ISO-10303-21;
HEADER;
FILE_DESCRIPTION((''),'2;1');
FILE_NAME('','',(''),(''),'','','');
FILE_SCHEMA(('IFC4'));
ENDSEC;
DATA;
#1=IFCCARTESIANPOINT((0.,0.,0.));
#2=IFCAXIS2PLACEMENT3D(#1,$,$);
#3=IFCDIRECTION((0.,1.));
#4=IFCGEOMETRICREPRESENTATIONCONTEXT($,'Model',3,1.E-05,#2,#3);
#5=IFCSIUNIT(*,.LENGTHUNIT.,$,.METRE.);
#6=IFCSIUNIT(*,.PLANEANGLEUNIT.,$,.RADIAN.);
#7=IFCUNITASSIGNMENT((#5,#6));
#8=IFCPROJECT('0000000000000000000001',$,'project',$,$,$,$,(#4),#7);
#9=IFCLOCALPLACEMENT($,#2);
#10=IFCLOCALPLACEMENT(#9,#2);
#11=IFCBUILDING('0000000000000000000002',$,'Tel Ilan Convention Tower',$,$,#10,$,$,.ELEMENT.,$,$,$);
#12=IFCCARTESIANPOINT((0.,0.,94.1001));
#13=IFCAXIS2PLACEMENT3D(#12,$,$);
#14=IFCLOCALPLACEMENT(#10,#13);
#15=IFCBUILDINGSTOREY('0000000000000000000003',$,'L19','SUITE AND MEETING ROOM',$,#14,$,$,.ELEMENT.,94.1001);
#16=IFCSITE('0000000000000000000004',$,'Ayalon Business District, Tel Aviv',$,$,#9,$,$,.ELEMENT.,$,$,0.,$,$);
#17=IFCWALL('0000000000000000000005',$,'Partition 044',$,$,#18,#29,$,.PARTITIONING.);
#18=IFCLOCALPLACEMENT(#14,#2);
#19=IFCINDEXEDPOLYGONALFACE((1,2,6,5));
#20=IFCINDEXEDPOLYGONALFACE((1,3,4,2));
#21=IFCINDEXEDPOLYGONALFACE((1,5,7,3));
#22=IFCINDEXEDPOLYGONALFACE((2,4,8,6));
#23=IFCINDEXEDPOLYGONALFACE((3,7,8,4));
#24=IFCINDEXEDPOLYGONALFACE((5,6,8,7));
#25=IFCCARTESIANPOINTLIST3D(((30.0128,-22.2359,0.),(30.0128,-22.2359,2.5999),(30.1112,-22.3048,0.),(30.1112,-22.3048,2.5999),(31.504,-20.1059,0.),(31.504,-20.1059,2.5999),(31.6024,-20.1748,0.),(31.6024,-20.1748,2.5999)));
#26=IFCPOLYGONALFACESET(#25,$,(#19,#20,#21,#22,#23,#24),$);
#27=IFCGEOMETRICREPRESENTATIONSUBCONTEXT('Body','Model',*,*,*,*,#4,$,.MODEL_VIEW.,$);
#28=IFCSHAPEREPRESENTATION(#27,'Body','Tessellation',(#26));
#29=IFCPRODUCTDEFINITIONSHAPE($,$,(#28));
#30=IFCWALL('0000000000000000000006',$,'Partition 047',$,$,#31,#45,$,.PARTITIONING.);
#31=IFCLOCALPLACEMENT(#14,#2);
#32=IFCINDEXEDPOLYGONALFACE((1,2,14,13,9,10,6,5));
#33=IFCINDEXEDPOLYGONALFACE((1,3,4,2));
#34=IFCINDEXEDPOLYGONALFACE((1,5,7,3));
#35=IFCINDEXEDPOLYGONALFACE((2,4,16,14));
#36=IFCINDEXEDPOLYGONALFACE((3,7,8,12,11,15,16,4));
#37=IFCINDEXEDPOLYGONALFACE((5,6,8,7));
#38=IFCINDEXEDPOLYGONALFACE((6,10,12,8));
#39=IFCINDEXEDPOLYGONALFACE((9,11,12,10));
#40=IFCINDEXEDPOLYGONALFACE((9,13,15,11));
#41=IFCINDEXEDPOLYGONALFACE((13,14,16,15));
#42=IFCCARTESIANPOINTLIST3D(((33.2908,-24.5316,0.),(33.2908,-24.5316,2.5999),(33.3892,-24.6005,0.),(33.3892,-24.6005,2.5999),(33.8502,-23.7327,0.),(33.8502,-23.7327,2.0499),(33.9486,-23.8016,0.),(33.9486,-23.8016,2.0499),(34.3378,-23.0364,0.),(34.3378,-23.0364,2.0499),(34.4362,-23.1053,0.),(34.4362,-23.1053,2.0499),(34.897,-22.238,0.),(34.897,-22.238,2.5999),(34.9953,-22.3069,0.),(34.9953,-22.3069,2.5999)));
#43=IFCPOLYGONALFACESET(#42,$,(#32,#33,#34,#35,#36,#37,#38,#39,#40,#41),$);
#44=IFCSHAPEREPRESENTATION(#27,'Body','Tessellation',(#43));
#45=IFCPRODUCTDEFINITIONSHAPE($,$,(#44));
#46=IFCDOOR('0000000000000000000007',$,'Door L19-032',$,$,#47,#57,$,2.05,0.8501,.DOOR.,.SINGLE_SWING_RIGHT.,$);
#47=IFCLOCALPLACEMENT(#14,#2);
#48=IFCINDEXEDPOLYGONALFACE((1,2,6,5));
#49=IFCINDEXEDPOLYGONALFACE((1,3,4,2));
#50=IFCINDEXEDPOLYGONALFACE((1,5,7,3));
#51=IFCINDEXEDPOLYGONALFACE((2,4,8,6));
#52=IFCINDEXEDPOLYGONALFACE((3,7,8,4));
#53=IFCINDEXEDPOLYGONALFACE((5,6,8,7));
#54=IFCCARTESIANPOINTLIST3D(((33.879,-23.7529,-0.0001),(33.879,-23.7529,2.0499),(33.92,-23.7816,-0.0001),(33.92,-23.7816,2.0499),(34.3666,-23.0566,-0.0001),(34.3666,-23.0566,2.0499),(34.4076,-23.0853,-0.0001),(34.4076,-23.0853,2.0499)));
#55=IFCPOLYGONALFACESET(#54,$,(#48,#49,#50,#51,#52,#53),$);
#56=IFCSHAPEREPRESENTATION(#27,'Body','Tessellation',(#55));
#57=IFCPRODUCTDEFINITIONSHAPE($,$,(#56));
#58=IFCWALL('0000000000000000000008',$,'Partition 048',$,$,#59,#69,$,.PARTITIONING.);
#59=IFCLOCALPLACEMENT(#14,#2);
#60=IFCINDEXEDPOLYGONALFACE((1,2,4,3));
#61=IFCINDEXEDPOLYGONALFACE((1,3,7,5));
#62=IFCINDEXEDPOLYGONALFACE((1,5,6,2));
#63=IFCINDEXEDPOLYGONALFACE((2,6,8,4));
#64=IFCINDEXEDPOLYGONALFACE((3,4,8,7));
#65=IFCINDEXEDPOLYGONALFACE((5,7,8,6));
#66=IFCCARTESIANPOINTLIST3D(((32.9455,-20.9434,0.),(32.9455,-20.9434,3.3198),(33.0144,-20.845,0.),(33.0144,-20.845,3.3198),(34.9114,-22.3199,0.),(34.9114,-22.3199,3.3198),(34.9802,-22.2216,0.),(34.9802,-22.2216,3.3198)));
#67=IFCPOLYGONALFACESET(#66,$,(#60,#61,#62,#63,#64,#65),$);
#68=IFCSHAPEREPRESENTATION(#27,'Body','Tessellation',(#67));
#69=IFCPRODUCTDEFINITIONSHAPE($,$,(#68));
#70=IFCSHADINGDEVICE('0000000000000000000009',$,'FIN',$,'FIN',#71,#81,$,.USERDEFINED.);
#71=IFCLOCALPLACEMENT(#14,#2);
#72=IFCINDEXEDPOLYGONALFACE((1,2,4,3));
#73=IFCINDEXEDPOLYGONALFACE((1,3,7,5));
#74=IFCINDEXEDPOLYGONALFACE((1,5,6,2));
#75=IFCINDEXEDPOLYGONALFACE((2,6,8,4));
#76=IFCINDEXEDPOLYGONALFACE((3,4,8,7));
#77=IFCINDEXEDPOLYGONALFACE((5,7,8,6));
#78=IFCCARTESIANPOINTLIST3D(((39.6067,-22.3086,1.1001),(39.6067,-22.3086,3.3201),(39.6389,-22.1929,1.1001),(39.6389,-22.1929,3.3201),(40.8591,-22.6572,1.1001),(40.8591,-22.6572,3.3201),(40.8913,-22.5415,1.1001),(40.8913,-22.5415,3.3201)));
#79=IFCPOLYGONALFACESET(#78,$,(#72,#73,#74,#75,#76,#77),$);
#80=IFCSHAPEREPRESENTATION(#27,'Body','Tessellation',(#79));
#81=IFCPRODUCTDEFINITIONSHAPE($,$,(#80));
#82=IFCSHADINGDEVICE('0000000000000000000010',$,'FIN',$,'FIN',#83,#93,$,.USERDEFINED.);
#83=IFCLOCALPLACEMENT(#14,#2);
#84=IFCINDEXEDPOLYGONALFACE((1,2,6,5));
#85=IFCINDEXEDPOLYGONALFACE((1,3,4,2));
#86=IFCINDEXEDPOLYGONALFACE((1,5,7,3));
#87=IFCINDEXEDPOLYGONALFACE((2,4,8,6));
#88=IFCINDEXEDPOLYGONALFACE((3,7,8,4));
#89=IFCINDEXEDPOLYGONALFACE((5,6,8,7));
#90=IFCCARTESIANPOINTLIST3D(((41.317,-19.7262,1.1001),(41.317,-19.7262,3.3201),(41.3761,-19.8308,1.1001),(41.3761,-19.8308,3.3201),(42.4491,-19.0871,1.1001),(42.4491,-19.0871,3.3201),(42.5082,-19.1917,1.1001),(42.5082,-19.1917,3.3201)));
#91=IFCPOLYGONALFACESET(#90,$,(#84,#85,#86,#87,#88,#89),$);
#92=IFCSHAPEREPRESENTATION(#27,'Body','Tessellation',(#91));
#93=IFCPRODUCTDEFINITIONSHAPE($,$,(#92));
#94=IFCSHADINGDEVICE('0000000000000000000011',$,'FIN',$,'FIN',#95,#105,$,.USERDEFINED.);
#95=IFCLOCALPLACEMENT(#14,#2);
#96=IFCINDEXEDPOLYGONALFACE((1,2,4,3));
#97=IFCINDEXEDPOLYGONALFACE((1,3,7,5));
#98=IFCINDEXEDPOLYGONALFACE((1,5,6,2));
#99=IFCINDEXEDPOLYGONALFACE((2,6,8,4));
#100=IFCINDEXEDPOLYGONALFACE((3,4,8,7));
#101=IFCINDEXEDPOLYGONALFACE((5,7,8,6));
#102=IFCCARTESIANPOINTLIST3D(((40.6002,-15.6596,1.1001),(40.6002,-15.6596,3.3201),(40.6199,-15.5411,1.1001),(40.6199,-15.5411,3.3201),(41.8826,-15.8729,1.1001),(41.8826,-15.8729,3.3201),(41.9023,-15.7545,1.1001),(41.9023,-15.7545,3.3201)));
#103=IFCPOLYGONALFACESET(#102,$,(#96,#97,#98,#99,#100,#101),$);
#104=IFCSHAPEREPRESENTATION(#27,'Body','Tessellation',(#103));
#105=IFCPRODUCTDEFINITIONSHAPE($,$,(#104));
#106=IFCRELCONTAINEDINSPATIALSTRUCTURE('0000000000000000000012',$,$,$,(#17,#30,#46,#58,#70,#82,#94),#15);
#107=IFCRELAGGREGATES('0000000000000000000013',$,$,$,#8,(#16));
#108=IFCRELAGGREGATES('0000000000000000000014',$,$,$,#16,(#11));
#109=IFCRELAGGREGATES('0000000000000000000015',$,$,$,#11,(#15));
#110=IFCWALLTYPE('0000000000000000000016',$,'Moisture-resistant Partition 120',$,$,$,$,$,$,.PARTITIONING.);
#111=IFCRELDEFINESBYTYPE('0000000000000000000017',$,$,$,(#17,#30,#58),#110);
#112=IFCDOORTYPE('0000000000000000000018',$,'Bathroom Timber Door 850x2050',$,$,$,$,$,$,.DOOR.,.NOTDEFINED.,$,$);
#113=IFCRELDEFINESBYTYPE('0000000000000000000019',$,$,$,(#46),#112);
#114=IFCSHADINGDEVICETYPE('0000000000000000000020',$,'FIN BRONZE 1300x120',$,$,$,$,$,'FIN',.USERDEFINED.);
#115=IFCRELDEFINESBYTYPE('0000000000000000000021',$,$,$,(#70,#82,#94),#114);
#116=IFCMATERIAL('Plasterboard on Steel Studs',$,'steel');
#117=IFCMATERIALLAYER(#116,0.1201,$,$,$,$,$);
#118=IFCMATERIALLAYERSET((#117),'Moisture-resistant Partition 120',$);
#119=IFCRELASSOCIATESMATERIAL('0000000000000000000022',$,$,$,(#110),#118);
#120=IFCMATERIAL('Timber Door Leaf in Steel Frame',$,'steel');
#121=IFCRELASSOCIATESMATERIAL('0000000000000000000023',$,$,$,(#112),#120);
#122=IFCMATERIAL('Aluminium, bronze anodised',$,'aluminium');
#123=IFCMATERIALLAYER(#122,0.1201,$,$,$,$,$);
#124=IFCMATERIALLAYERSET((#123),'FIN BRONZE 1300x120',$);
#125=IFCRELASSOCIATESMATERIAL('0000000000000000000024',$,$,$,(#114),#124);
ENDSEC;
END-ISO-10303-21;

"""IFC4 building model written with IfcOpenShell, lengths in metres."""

from ifc_helpers import new_model, si_unit, direction, frame, frame_2d, origin, origin_2d, place, context, subcontext, project, spatial, rectangle, extrude, material, layer, layer_set, type_object, element, fill, save


model = new_model("IFC4")

# Units and contexts
model_context = context("Model", 3, precision=1e-05, world=origin(), true_north=direction((0.0, 1.0)))
body_context = subcontext(model_context, "Body", "Model", "MODEL_VIEW")
ifc_project = project(units=[si_unit("LENGTHUNIT", "METRE"), si_unit("PLANEANGLEUNIT", "RADIAN")], contexts=[model_context])

# Site, building, storey
site_placement = place(None, origin())
site = spatial("IfcSite", under=ifc_project, at=site_placement, Name="Ayalon Business District, Tel Aviv", CompositionType="ELEMENT", RefElevation=0.0)
building_placement = place(site_placement, origin())
building = spatial("IfcBuilding", under=site, at=building_placement, Name="Tel Ilan Convention Tower", CompositionType="ELEMENT")
storey_placement = place(building_placement, frame((0.0, 0.0, 94.1001)))
storey = spatial("IfcBuildingStorey", under=building, at=storey_placement, Name="L19", Description="SUITE AND MEETING ROOM", CompositionType="ELEMENT", Elevation=94.1001)

# Shared definitions
ifc_material_1 = material(Name="Plasterboard on Steel Studs", Category="steel")
ifc_layer_1 = layer(ifc_material_1, 0.1201)
ifc_layer_set_1 = layer_set([ifc_layer_1], Name="Moisture-resistant Partition 120")
wall_type_1 = type_object("IfcWallType", Name="Moisture-resistant Partition 120", PredefinedType="PARTITIONING", material=ifc_layer_set_1)
ifc_material_2 = material(Name="Timber Door Leaf in Steel Frame", Category="steel")
door_type_1 = type_object("IfcDoorType", Name="Bathroom Timber Door 850x2050", OperationType="NOTDEFINED", PredefinedType="DOOR", material=ifc_material_2)

# Wall
wall_1_placement = place(storey_placement, frame((31.5532, -20.1404, 0.0), z_axis=(0.0, 0.0, 1.0), x_axis=(-0.573538, -0.819179, 0.0)))
element("IfcWall", 1, at=wall_1_placement, inside=storey, type_object=wall_type_1, Name="Partition 044", PredefinedType="PARTITIONING", context=body_context, shape_type="SweptSolid", body=[
    extrude(rectangle(XDim=2.6001, YDim=0.1201, at=frame_2d((1.3, 0.0))), origin(), (0.0, 0.0, 1.0), 2.5999),
])

# Wall, opening, door
wall_2_placement = place(storey_placement, frame((33.3401, -24.5659, 0.0), z_axis=(0.0, 0.0, 1.0), x_axis=(0.573609, 0.81913, 0.0)))
wall_2 = element("IfcWall", 2, at=wall_2_placement, inside=storey, type_object=wall_type_1, Name="Partition 047", PredefinedType="PARTITIONING", context=body_context, shape_type="SweptSolid", body=[
    extrude(rectangle(XDim=2.8, YDim=0.1201, at=frame_2d((1.3999, 0.0))), origin(), (0.0, 0.0, 1.0), 2.5999),
])
opening_1_placement = place(wall_2_placement, frame((0.9751, 0.0, 0.0)))
opening_1 = element("IfcOpeningElement", 3, at=opening_1_placement, cuts=wall_2, PredefinedType="OPENING", context=body_context, shape_type="SweptSolid", body=[
    extrude(rectangle(XDim=0.8501, YDim=2.05, at=frame_2d((0.425, 1.0249))), frame((0.0, 0.0701, 0.0), z_axis=(0.0, -1.0, 0.0), x_axis=(1.0, 0.0, 0.0)), (0.0, 0.0, 1.0), 0.1401),
])
door_1_placement = place(opening_1_placement, origin())
door_1 = element("IfcDoor", 4, at=door_1_placement, inside=storey, type_object=door_type_1, Name="Door L19-032", OperationType="SINGLE_SWING_RIGHT", OverallHeight=2.05, OverallWidth=0.8501, PredefinedType="DOOR", context=body_context, shape_type="SweptSolid", body=[
    extrude(rectangle(XDim=0.8501, YDim=2.05, at=frame_2d((0.425, 1.0249))), frame((0.0, 0.0249, 0.0), z_axis=(0.0, -1.0, 0.0), x_axis=(1.0, 0.0, 0.0)), (0.0, 0.0, 1.0), 0.05),
])
fill(opening_1, door_1)

# Wall
wall_3_placement = place(storey_placement, frame((34.9458, -22.2708, 0.0), z_axis=(0.0, 0.0, 1.0), x_axis=(-0.819155, 0.573572, 0.0)))
element("IfcWall", 5, at=wall_3_placement, inside=storey, type_object=wall_type_1, Name="Partition 048", PredefinedType="PARTITIONING", context=body_context, shape_type="SweptSolid", body=[
    extrude(rectangle(XDim=2.3999, YDim=0.1201, at=frame_2d((1.2, 0.0))), origin(), (0.0, 0.0, 1.0), 3.3198),
])

# Shading devices
ifc_material_3 = material(Name="Aluminium, bronze anodised", Category="aluminium")
ifc_layer_2 = layer(ifc_material_3, 0.1201)
ifc_layer_set_2 = layer_set([ifc_layer_2], Name="FIN BRONZE 1300x120")
shading_device_type = type_object("IfcShadingDeviceType", Name="FIN BRONZE 1300x120", ElementType="FIN", PredefinedType="USERDEFINED", material=ifc_layer_set_2)
for number, where, z_axis, x_axis, name in (
    (6, (40.249, -22.425, 1.1001), (0.0, 0.0, 1.0), (0.963371, -0.268173, 0.0), "FIN"),
    (7, (41.9126, -19.459, 1.1001), (0.0, 0.0, 1.0), (0.870833, 0.491579, 0.0), "FIN"),
    (8, (41.2512, -15.707, 1.1001), (0.0, 0.0, 1.0), (0.986445, -0.164091, 0.0), "FIN"),
):
    element("IfcShadingDevice", number, at=place(storey_placement, frame(where, z_axis=z_axis, x_axis=x_axis)), inside=storey, type_object=shading_device_type, Name=name, ObjectType="FIN", PredefinedType="USERDEFINED", context=body_context, shape_type="SweptSolid", body=[
        extrude(rectangle(XDim=1.3, YDim=0.1201, at=origin_2d()), origin(), (0.0, 0.0, 1.0), 2.22),
    ])

save(model, "model.ifc")
